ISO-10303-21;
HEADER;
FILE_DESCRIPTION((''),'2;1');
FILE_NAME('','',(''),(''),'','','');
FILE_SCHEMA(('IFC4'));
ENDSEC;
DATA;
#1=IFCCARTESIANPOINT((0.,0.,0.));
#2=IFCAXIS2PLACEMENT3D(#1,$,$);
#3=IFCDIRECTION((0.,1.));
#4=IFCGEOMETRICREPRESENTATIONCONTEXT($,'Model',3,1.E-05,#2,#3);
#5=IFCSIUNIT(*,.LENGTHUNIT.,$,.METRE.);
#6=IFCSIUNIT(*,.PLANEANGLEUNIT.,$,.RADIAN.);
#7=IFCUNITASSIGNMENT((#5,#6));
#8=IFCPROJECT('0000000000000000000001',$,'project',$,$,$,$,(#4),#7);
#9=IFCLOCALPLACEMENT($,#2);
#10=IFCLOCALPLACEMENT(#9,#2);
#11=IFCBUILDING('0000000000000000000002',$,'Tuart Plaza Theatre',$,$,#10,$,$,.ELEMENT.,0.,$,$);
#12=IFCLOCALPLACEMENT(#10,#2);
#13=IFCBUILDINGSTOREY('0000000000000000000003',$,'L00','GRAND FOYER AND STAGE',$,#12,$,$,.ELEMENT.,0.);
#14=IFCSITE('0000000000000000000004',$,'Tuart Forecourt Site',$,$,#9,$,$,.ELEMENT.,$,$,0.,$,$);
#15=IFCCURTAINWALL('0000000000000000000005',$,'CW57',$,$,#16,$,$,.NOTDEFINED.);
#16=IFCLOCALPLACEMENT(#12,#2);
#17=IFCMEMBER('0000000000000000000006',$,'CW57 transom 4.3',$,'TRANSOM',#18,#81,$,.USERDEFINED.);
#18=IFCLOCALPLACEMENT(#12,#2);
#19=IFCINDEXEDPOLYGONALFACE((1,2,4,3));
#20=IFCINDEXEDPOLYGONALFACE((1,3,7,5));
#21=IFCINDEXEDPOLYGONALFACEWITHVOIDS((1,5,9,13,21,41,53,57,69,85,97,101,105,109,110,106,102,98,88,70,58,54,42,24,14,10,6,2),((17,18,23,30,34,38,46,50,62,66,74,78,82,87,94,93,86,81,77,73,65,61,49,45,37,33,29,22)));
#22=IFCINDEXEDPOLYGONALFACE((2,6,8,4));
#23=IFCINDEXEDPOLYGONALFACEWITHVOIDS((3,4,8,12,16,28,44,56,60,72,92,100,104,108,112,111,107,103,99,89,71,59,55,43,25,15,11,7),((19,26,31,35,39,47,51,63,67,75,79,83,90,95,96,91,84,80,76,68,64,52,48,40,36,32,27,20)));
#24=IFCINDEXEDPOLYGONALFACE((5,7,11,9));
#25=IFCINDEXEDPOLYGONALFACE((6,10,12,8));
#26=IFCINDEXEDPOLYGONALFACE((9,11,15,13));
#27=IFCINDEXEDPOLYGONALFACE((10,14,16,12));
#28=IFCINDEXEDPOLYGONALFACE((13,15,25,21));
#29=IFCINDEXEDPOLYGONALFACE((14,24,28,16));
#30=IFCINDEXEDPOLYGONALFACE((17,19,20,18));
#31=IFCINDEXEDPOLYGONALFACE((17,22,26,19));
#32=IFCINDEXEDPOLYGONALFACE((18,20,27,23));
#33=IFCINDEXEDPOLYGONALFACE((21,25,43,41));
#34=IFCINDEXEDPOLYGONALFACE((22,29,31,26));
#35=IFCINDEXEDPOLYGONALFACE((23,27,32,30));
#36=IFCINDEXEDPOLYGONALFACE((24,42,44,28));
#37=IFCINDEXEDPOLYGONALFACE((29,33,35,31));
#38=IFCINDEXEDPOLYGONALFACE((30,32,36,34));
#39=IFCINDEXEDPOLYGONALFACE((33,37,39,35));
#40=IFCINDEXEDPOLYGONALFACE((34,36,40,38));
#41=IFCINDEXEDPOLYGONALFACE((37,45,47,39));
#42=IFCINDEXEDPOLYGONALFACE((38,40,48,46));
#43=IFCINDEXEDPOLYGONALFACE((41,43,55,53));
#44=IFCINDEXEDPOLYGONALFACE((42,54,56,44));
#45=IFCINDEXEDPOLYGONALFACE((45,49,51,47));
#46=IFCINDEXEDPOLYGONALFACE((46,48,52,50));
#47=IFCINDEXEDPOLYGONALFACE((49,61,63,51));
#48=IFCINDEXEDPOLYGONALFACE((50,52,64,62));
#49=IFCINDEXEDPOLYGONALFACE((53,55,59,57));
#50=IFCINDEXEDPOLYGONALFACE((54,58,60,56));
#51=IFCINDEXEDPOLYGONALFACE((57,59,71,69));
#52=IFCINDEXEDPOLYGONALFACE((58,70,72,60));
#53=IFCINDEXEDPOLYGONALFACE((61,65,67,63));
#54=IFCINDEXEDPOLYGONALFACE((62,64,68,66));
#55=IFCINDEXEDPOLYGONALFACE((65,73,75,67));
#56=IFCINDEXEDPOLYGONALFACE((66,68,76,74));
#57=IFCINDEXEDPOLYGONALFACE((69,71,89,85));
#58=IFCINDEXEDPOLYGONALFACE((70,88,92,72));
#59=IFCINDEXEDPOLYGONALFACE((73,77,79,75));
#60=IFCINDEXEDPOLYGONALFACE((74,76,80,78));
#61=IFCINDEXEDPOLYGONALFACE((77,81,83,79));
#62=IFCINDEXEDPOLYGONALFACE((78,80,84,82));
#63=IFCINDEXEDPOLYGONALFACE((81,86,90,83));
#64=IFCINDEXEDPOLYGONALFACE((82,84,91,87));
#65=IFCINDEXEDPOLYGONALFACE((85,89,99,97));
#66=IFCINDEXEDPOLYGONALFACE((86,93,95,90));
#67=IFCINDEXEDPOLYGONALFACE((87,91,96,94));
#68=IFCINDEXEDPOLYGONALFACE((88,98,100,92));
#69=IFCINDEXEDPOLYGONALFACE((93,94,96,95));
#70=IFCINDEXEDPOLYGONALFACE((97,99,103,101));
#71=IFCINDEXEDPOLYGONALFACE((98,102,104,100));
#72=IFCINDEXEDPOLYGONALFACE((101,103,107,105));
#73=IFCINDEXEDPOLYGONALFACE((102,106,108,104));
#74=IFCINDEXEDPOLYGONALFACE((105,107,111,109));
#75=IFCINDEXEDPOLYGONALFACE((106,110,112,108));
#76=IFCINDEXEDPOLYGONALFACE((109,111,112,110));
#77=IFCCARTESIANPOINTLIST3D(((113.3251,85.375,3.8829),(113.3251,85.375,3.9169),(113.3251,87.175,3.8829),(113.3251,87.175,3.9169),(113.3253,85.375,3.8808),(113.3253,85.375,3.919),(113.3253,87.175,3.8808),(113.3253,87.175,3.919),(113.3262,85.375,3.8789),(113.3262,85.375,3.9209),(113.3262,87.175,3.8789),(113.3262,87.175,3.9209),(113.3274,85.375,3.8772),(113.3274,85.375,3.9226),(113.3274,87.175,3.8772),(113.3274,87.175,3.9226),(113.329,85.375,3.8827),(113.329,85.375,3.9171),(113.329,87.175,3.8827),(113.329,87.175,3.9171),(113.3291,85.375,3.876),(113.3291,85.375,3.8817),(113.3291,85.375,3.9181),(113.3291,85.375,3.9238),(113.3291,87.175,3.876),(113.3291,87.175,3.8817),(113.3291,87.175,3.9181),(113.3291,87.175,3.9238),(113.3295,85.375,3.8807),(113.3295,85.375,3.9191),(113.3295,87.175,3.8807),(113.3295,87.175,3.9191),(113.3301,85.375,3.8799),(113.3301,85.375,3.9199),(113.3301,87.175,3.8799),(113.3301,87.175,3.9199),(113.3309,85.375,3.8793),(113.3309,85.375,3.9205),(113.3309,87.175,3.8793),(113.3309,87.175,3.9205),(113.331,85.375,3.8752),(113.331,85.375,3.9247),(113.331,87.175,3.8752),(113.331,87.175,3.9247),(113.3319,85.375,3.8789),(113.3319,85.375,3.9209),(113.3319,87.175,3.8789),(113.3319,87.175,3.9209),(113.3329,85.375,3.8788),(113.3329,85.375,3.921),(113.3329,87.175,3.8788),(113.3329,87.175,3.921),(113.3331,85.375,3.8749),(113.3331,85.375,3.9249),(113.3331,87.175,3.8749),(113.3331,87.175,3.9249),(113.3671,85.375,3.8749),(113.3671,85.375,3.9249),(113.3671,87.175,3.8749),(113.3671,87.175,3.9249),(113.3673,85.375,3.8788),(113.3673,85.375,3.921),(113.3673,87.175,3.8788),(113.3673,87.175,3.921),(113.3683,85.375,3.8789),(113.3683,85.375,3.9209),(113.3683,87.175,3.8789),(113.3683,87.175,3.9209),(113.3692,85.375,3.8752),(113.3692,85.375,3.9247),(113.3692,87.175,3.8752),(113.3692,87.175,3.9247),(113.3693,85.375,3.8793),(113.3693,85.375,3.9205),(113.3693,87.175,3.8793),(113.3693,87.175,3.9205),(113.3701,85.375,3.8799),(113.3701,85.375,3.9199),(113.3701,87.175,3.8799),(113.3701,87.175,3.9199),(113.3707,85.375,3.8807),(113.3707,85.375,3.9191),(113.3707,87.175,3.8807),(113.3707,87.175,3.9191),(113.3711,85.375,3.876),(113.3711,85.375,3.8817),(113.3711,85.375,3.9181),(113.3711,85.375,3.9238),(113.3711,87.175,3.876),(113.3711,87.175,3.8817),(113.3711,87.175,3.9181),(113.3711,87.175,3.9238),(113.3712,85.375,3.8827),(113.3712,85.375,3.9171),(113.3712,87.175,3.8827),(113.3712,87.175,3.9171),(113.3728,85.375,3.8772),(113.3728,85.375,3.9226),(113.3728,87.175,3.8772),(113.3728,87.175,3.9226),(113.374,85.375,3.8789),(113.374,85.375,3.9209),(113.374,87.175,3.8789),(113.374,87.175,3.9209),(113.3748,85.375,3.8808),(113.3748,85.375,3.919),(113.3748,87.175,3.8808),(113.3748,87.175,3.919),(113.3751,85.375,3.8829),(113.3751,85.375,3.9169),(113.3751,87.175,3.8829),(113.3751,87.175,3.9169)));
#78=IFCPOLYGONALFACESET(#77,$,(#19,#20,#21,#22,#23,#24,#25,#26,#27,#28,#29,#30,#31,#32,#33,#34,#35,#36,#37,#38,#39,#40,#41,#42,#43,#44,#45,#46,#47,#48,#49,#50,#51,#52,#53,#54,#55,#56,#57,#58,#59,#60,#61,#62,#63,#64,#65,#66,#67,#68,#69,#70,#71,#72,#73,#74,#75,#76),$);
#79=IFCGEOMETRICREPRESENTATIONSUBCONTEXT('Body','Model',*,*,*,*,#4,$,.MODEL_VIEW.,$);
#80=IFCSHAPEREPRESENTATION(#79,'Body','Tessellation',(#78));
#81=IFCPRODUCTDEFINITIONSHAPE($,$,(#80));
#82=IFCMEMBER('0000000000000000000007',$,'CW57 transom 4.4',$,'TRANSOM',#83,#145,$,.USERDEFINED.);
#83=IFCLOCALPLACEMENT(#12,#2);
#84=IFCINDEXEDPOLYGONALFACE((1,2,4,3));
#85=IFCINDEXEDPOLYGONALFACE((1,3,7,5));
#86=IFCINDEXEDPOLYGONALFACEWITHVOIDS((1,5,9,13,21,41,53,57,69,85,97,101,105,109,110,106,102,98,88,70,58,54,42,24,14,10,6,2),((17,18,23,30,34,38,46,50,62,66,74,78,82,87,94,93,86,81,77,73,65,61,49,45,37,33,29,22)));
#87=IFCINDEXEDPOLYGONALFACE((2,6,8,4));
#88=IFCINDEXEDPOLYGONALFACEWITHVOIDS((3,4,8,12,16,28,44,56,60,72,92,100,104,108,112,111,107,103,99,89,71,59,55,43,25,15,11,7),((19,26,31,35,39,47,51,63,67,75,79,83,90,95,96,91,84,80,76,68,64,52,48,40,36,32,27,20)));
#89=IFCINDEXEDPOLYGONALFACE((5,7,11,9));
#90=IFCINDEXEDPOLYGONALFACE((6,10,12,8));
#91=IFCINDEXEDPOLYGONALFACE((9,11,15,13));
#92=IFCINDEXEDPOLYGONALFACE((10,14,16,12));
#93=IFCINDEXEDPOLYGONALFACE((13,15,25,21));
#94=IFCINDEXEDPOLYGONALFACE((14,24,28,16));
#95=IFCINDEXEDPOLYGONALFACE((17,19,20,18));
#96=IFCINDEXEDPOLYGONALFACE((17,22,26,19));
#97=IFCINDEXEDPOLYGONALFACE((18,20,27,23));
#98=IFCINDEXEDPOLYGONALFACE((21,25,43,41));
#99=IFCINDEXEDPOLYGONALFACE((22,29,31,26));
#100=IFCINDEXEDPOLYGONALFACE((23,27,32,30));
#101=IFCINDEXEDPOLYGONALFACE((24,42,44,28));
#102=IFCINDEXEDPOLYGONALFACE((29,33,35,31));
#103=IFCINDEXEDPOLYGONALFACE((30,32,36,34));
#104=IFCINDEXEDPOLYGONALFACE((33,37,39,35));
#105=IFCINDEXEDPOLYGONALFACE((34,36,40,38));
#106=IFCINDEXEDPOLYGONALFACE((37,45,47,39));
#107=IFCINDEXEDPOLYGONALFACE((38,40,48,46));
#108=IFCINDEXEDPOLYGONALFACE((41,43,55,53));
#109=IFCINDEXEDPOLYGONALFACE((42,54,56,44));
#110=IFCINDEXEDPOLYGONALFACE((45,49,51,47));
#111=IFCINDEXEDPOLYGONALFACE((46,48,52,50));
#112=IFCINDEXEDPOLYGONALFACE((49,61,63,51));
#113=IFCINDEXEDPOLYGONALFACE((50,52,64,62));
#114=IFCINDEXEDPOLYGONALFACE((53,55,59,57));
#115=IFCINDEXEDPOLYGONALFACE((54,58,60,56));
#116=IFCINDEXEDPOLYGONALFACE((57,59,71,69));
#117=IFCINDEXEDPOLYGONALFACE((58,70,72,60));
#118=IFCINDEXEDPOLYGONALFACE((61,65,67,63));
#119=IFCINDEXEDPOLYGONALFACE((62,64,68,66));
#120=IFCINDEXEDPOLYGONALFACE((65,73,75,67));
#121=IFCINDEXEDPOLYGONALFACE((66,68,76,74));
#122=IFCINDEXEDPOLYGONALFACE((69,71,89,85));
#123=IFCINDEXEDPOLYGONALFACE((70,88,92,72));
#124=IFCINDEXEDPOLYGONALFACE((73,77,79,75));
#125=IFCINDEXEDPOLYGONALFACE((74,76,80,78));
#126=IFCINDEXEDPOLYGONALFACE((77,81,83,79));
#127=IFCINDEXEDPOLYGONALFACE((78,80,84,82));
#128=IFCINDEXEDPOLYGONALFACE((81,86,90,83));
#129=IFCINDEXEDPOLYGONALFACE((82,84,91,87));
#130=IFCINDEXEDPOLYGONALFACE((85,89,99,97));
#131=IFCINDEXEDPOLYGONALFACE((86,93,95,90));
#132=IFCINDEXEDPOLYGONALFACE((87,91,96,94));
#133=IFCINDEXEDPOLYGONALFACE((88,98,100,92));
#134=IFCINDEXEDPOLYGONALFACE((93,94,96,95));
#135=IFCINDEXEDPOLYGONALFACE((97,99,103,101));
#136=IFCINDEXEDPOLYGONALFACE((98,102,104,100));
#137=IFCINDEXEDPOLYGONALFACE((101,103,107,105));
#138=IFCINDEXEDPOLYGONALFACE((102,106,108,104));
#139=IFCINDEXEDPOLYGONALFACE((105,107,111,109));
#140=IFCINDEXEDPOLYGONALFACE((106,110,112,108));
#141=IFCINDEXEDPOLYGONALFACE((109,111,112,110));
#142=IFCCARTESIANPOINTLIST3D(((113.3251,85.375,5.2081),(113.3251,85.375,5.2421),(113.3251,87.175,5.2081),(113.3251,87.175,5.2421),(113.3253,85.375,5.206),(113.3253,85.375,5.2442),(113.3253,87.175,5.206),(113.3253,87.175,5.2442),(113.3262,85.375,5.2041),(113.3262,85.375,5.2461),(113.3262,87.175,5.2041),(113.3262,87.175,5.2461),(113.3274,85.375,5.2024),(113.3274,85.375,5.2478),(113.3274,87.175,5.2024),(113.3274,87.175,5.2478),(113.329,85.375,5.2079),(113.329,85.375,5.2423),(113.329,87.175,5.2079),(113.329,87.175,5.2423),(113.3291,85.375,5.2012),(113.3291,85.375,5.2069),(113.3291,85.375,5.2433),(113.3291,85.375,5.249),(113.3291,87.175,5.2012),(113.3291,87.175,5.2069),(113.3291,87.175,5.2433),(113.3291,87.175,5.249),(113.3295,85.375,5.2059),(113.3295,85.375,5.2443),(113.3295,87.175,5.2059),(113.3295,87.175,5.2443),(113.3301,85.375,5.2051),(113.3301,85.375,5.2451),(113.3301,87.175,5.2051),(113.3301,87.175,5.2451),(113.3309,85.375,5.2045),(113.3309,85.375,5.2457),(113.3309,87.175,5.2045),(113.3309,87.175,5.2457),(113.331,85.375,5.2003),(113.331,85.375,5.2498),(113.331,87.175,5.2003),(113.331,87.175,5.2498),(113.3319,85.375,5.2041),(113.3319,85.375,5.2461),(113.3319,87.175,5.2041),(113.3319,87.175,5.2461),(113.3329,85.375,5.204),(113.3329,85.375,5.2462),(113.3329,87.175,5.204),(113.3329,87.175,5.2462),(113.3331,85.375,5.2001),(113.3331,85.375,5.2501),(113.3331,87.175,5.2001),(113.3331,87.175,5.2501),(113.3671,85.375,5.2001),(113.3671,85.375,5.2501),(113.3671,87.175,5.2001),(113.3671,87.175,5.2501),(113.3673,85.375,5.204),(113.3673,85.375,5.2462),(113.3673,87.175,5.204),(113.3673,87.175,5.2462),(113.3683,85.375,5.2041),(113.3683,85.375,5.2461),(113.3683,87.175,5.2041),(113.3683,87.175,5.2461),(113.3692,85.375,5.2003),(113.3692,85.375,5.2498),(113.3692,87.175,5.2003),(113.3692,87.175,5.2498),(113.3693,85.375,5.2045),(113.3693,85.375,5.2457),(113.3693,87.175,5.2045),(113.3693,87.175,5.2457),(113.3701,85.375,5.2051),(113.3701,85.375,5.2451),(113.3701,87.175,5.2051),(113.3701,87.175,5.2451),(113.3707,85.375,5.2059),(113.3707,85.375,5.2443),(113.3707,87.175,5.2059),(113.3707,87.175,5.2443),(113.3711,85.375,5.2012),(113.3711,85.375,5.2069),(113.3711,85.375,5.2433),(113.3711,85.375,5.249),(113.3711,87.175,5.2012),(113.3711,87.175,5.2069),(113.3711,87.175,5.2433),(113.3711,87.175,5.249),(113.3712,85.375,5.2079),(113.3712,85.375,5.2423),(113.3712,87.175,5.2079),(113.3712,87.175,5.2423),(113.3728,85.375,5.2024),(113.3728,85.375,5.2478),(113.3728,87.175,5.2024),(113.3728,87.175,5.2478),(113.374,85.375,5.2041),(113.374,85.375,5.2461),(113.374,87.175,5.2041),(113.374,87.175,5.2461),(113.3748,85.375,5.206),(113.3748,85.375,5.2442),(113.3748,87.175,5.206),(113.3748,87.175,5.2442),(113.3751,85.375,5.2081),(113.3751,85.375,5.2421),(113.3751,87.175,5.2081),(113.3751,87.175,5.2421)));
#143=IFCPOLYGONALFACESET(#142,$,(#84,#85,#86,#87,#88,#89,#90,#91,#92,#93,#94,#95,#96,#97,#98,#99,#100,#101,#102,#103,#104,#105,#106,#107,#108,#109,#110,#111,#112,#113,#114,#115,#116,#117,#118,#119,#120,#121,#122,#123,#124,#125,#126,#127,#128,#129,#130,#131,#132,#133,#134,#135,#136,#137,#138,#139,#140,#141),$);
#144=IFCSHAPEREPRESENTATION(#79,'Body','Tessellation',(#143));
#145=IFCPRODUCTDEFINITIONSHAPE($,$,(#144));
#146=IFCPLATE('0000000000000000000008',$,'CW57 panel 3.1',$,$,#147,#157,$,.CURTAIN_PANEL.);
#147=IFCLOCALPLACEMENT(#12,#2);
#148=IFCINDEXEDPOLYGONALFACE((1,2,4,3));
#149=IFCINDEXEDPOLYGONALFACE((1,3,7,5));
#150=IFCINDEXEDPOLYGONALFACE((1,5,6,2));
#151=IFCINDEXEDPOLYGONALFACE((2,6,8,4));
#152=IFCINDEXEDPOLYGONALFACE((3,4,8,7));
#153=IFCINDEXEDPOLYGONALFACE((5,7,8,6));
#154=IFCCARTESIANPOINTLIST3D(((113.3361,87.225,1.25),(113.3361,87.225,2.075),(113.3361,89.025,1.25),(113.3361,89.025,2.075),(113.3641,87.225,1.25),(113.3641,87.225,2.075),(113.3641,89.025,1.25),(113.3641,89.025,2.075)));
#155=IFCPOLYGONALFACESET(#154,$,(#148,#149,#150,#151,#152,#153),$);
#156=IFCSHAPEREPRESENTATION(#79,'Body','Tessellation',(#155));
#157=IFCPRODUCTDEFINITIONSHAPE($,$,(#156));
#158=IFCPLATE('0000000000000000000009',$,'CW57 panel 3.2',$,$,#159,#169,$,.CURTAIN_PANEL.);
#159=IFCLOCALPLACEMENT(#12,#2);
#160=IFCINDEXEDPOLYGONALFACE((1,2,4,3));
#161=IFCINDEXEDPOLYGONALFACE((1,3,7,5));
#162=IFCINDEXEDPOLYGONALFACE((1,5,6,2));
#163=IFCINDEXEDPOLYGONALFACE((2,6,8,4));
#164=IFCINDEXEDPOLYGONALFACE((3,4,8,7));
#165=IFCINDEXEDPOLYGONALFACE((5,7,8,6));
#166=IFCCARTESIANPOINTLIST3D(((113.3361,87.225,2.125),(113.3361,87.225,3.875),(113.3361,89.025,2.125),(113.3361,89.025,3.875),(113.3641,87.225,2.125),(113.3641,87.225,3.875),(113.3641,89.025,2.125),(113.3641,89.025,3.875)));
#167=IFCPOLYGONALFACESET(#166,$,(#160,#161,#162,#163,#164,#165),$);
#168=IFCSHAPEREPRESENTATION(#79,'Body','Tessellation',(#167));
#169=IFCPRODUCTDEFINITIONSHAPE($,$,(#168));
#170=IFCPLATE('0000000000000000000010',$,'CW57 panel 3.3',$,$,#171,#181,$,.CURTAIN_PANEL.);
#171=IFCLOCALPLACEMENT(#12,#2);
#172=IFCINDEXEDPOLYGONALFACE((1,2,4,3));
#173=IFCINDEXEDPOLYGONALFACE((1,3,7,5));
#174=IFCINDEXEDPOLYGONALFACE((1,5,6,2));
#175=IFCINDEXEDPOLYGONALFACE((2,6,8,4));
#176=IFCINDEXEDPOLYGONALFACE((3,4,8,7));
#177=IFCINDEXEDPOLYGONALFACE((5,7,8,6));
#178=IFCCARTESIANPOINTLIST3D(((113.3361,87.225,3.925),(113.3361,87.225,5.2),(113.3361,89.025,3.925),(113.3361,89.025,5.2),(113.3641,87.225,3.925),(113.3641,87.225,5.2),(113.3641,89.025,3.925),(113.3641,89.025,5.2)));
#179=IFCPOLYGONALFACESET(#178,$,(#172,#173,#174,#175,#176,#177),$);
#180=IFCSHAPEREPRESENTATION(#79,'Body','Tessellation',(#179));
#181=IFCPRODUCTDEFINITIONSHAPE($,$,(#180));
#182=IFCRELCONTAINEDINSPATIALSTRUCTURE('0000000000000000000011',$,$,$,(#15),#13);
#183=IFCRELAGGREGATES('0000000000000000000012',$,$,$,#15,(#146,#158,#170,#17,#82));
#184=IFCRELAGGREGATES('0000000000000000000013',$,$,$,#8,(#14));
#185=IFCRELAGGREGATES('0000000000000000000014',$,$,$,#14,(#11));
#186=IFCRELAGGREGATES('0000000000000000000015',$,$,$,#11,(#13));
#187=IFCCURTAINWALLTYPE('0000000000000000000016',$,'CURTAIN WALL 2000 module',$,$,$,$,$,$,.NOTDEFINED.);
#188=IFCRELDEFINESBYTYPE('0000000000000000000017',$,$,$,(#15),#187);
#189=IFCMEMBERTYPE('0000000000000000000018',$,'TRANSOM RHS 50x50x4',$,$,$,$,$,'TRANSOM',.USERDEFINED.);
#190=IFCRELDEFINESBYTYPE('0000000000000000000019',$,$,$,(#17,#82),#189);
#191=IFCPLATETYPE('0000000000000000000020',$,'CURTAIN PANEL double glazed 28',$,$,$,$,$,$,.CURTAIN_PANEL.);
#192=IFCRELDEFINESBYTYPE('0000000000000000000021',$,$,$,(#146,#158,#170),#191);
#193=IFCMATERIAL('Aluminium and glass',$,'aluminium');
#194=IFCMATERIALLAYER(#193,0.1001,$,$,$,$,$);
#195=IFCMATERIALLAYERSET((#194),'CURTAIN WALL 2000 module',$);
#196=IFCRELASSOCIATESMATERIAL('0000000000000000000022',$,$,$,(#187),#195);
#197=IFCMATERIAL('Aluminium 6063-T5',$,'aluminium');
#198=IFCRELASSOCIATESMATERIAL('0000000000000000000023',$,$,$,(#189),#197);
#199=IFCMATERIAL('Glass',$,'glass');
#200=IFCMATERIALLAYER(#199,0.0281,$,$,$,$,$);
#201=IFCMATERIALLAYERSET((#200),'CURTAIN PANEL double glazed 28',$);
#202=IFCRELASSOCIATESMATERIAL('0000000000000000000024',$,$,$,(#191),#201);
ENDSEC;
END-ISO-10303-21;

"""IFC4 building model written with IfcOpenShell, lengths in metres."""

from ifc_helpers import new_model, si_unit, direction, frame, origin, origin_2d, place, context, subcontext, project, spatial, rectangle, hollow_rectangle, extrude, material, layer, layer_set, material_profile, profile_set, type_object, element, aggregate, save


model = new_model("IFC4")

# Units and contexts
model_context = context("Model", 3, precision=1e-05, world=origin(), true_north=direction((0.0, 1.0)))
body_context = subcontext(model_context, "Body", "Model", "MODEL_VIEW")
ifc_project = project(units=[si_unit("LENGTHUNIT", "METRE"), si_unit("PLANEANGLEUNIT", "RADIAN")], contexts=[model_context])

# Site, building, storey
site_placement = place(None, origin())
site = spatial("IfcSite", under=ifc_project, at=site_placement, Name="Tuart Forecourt Site", CompositionType="ELEMENT", RefElevation=0.0)
building_placement = place(site_placement, origin())
building = spatial("IfcBuilding", under=site, at=building_placement, Name="Tuart Plaza Theatre", CompositionType="ELEMENT", ElevationOfRefHeight=0.0)
storey_placement = place(building_placement, origin())
storey = spatial("IfcBuildingStorey", under=building, at=storey_placement, Name="L00", Description="GRAND FOYER AND STAGE", CompositionType="ELEMENT", Elevation=0.0)

# Curtain wall, members, plates
ifc_material_1 = material(Name="Aluminium and glass", Category="aluminium")
ifc_layer_1 = layer(ifc_material_1, 0.1001)
ifc_layer_set_1 = layer_set([ifc_layer_1], Name="CURTAIN WALL 2000 module")
curtain_wall_type = type_object("IfcCurtainWallType", Name="CURTAIN WALL 2000 module", PredefinedType="NOTDEFINED", material=ifc_layer_set_1)
curtain_wall_placement = place(storey_placement, origin())
curtain_wall = element("IfcCurtainWall", 1, at=curtain_wall_placement, inside=storey, type_object=curtain_wall_type, Name="CW57", PredefinedType="NOTDEFINED")
ifc_material_2 = material(Name="Aluminium 6063-T5", Category="aluminium")
ifc_material_profile_1 = material_profile(ifc_material_2, hollow_rectangle(XDim=0.05, YDim=0.05, WallThickness=0.0039, InnerFilletRadius=0.0039, OuterFilletRadius=0.0081, at=origin_2d()), Name="RHS 50x50x4")
ifc_profile_set_1 = profile_set([ifc_material_profile_1], Name="Aluminium 6063-T5")
member_type_1 = type_object("IfcMemberType", Name="TRANSOM RHS 50x50x4", ElementType="TRANSOM", PredefinedType="USERDEFINED", material=ifc_profile_set_1)
member_1_placement = place(storey_placement, frame((113.3501, 87.175, 3.8999), z_axis=(0.0, -1.0, 0.0), x_axis=(1.0, 0.0, 0.0)))
member_1 = element("IfcMember", 2, at=member_1_placement, type_object=member_type_1, Name="CW57 transom 4.3", ObjectType="TRANSOM", PredefinedType="USERDEFINED", context=body_context, shape_type="SweptSolid", body=[
    extrude(hollow_rectangle(XDim=0.05, YDim=0.05, WallThickness=0.0039, InnerFilletRadius=0.0039, OuterFilletRadius=0.0081, at=origin_2d()), origin(), (0.0, 0.0, 1.0), 1.8),
])
member_2_placement = place(storey_placement, frame((113.3501, 87.175, 5.2251), z_axis=(0.0, -1.0, 0.0), x_axis=(1.0, 0.0, 0.0)))
member_2 = element("IfcMember", 3, at=member_2_placement, type_object=member_type_1, Name="CW57 transom 4.4", ObjectType="TRANSOM", PredefinedType="USERDEFINED", context=body_context, shape_type="SweptSolid", body=[
    extrude(hollow_rectangle(XDim=0.05, YDim=0.05, WallThickness=0.0039, InnerFilletRadius=0.0039, OuterFilletRadius=0.0081, at=origin_2d()), origin(), (0.0, 0.0, 1.0), 1.8),
])
ifc_material_3 = material(Name="Glass", Category="glass")
ifc_layer_2 = layer(ifc_material_3, 0.0281)
ifc_layer_set_2 = layer_set([ifc_layer_2], Name="CURTAIN PANEL double glazed 28")
plate_type = type_object("IfcPlateType", Name="CURTAIN PANEL double glazed 28", PredefinedType="CURTAIN_PANEL", material=ifc_layer_set_2)
plate_1_placement = place(storey_placement, frame((113.3501, 88.125, 1.25), z_axis=(0.0, 0.0, 1.0), x_axis=(0.0, -1.0, 0.0)))
plate_1 = element("IfcPlate", 4, at=plate_1_placement, type_object=plate_type, Name="CW57 panel 3.1", PredefinedType="CURTAIN_PANEL", context=body_context, shape_type="SweptSolid", body=[
    extrude(rectangle(XDim=1.8, YDim=0.0281, at=origin_2d()), origin(), (0.0, 0.0, 1.0), 0.825),
])
plate_2_placement = place(storey_placement, frame((113.3501, 88.125, 2.125), z_axis=(0.0, 0.0, 1.0), x_axis=(0.0, -1.0, 0.0)))
plate_2 = element("IfcPlate", 5, at=plate_2_placement, type_object=plate_type, Name="CW57 panel 3.2", PredefinedType="CURTAIN_PANEL", context=body_context, shape_type="SweptSolid", body=[
    extrude(rectangle(XDim=1.8, YDim=0.0281, at=origin_2d()), origin(), (0.0, 0.0, 1.0), 1.75),
])
plate_3_placement = place(storey_placement, frame((113.3501, 88.125, 3.925), z_axis=(0.0, 0.0, 1.0), x_axis=(0.0, -1.0, 0.0)))
plate_3 = element("IfcPlate", 6, at=plate_3_placement, type_object=plate_type, Name="CW57 panel 3.3", PredefinedType="CURTAIN_PANEL", context=body_context, shape_type="SweptSolid", body=[
    extrude(rectangle(XDim=1.8, YDim=0.0281, at=origin_2d()), origin(), (0.0, 0.0, 1.0), 1.2749),
])
aggregate(curtain_wall, [plate_1, plate_2, plate_3, member_1, member_2])

save(model, "model.ifc")
